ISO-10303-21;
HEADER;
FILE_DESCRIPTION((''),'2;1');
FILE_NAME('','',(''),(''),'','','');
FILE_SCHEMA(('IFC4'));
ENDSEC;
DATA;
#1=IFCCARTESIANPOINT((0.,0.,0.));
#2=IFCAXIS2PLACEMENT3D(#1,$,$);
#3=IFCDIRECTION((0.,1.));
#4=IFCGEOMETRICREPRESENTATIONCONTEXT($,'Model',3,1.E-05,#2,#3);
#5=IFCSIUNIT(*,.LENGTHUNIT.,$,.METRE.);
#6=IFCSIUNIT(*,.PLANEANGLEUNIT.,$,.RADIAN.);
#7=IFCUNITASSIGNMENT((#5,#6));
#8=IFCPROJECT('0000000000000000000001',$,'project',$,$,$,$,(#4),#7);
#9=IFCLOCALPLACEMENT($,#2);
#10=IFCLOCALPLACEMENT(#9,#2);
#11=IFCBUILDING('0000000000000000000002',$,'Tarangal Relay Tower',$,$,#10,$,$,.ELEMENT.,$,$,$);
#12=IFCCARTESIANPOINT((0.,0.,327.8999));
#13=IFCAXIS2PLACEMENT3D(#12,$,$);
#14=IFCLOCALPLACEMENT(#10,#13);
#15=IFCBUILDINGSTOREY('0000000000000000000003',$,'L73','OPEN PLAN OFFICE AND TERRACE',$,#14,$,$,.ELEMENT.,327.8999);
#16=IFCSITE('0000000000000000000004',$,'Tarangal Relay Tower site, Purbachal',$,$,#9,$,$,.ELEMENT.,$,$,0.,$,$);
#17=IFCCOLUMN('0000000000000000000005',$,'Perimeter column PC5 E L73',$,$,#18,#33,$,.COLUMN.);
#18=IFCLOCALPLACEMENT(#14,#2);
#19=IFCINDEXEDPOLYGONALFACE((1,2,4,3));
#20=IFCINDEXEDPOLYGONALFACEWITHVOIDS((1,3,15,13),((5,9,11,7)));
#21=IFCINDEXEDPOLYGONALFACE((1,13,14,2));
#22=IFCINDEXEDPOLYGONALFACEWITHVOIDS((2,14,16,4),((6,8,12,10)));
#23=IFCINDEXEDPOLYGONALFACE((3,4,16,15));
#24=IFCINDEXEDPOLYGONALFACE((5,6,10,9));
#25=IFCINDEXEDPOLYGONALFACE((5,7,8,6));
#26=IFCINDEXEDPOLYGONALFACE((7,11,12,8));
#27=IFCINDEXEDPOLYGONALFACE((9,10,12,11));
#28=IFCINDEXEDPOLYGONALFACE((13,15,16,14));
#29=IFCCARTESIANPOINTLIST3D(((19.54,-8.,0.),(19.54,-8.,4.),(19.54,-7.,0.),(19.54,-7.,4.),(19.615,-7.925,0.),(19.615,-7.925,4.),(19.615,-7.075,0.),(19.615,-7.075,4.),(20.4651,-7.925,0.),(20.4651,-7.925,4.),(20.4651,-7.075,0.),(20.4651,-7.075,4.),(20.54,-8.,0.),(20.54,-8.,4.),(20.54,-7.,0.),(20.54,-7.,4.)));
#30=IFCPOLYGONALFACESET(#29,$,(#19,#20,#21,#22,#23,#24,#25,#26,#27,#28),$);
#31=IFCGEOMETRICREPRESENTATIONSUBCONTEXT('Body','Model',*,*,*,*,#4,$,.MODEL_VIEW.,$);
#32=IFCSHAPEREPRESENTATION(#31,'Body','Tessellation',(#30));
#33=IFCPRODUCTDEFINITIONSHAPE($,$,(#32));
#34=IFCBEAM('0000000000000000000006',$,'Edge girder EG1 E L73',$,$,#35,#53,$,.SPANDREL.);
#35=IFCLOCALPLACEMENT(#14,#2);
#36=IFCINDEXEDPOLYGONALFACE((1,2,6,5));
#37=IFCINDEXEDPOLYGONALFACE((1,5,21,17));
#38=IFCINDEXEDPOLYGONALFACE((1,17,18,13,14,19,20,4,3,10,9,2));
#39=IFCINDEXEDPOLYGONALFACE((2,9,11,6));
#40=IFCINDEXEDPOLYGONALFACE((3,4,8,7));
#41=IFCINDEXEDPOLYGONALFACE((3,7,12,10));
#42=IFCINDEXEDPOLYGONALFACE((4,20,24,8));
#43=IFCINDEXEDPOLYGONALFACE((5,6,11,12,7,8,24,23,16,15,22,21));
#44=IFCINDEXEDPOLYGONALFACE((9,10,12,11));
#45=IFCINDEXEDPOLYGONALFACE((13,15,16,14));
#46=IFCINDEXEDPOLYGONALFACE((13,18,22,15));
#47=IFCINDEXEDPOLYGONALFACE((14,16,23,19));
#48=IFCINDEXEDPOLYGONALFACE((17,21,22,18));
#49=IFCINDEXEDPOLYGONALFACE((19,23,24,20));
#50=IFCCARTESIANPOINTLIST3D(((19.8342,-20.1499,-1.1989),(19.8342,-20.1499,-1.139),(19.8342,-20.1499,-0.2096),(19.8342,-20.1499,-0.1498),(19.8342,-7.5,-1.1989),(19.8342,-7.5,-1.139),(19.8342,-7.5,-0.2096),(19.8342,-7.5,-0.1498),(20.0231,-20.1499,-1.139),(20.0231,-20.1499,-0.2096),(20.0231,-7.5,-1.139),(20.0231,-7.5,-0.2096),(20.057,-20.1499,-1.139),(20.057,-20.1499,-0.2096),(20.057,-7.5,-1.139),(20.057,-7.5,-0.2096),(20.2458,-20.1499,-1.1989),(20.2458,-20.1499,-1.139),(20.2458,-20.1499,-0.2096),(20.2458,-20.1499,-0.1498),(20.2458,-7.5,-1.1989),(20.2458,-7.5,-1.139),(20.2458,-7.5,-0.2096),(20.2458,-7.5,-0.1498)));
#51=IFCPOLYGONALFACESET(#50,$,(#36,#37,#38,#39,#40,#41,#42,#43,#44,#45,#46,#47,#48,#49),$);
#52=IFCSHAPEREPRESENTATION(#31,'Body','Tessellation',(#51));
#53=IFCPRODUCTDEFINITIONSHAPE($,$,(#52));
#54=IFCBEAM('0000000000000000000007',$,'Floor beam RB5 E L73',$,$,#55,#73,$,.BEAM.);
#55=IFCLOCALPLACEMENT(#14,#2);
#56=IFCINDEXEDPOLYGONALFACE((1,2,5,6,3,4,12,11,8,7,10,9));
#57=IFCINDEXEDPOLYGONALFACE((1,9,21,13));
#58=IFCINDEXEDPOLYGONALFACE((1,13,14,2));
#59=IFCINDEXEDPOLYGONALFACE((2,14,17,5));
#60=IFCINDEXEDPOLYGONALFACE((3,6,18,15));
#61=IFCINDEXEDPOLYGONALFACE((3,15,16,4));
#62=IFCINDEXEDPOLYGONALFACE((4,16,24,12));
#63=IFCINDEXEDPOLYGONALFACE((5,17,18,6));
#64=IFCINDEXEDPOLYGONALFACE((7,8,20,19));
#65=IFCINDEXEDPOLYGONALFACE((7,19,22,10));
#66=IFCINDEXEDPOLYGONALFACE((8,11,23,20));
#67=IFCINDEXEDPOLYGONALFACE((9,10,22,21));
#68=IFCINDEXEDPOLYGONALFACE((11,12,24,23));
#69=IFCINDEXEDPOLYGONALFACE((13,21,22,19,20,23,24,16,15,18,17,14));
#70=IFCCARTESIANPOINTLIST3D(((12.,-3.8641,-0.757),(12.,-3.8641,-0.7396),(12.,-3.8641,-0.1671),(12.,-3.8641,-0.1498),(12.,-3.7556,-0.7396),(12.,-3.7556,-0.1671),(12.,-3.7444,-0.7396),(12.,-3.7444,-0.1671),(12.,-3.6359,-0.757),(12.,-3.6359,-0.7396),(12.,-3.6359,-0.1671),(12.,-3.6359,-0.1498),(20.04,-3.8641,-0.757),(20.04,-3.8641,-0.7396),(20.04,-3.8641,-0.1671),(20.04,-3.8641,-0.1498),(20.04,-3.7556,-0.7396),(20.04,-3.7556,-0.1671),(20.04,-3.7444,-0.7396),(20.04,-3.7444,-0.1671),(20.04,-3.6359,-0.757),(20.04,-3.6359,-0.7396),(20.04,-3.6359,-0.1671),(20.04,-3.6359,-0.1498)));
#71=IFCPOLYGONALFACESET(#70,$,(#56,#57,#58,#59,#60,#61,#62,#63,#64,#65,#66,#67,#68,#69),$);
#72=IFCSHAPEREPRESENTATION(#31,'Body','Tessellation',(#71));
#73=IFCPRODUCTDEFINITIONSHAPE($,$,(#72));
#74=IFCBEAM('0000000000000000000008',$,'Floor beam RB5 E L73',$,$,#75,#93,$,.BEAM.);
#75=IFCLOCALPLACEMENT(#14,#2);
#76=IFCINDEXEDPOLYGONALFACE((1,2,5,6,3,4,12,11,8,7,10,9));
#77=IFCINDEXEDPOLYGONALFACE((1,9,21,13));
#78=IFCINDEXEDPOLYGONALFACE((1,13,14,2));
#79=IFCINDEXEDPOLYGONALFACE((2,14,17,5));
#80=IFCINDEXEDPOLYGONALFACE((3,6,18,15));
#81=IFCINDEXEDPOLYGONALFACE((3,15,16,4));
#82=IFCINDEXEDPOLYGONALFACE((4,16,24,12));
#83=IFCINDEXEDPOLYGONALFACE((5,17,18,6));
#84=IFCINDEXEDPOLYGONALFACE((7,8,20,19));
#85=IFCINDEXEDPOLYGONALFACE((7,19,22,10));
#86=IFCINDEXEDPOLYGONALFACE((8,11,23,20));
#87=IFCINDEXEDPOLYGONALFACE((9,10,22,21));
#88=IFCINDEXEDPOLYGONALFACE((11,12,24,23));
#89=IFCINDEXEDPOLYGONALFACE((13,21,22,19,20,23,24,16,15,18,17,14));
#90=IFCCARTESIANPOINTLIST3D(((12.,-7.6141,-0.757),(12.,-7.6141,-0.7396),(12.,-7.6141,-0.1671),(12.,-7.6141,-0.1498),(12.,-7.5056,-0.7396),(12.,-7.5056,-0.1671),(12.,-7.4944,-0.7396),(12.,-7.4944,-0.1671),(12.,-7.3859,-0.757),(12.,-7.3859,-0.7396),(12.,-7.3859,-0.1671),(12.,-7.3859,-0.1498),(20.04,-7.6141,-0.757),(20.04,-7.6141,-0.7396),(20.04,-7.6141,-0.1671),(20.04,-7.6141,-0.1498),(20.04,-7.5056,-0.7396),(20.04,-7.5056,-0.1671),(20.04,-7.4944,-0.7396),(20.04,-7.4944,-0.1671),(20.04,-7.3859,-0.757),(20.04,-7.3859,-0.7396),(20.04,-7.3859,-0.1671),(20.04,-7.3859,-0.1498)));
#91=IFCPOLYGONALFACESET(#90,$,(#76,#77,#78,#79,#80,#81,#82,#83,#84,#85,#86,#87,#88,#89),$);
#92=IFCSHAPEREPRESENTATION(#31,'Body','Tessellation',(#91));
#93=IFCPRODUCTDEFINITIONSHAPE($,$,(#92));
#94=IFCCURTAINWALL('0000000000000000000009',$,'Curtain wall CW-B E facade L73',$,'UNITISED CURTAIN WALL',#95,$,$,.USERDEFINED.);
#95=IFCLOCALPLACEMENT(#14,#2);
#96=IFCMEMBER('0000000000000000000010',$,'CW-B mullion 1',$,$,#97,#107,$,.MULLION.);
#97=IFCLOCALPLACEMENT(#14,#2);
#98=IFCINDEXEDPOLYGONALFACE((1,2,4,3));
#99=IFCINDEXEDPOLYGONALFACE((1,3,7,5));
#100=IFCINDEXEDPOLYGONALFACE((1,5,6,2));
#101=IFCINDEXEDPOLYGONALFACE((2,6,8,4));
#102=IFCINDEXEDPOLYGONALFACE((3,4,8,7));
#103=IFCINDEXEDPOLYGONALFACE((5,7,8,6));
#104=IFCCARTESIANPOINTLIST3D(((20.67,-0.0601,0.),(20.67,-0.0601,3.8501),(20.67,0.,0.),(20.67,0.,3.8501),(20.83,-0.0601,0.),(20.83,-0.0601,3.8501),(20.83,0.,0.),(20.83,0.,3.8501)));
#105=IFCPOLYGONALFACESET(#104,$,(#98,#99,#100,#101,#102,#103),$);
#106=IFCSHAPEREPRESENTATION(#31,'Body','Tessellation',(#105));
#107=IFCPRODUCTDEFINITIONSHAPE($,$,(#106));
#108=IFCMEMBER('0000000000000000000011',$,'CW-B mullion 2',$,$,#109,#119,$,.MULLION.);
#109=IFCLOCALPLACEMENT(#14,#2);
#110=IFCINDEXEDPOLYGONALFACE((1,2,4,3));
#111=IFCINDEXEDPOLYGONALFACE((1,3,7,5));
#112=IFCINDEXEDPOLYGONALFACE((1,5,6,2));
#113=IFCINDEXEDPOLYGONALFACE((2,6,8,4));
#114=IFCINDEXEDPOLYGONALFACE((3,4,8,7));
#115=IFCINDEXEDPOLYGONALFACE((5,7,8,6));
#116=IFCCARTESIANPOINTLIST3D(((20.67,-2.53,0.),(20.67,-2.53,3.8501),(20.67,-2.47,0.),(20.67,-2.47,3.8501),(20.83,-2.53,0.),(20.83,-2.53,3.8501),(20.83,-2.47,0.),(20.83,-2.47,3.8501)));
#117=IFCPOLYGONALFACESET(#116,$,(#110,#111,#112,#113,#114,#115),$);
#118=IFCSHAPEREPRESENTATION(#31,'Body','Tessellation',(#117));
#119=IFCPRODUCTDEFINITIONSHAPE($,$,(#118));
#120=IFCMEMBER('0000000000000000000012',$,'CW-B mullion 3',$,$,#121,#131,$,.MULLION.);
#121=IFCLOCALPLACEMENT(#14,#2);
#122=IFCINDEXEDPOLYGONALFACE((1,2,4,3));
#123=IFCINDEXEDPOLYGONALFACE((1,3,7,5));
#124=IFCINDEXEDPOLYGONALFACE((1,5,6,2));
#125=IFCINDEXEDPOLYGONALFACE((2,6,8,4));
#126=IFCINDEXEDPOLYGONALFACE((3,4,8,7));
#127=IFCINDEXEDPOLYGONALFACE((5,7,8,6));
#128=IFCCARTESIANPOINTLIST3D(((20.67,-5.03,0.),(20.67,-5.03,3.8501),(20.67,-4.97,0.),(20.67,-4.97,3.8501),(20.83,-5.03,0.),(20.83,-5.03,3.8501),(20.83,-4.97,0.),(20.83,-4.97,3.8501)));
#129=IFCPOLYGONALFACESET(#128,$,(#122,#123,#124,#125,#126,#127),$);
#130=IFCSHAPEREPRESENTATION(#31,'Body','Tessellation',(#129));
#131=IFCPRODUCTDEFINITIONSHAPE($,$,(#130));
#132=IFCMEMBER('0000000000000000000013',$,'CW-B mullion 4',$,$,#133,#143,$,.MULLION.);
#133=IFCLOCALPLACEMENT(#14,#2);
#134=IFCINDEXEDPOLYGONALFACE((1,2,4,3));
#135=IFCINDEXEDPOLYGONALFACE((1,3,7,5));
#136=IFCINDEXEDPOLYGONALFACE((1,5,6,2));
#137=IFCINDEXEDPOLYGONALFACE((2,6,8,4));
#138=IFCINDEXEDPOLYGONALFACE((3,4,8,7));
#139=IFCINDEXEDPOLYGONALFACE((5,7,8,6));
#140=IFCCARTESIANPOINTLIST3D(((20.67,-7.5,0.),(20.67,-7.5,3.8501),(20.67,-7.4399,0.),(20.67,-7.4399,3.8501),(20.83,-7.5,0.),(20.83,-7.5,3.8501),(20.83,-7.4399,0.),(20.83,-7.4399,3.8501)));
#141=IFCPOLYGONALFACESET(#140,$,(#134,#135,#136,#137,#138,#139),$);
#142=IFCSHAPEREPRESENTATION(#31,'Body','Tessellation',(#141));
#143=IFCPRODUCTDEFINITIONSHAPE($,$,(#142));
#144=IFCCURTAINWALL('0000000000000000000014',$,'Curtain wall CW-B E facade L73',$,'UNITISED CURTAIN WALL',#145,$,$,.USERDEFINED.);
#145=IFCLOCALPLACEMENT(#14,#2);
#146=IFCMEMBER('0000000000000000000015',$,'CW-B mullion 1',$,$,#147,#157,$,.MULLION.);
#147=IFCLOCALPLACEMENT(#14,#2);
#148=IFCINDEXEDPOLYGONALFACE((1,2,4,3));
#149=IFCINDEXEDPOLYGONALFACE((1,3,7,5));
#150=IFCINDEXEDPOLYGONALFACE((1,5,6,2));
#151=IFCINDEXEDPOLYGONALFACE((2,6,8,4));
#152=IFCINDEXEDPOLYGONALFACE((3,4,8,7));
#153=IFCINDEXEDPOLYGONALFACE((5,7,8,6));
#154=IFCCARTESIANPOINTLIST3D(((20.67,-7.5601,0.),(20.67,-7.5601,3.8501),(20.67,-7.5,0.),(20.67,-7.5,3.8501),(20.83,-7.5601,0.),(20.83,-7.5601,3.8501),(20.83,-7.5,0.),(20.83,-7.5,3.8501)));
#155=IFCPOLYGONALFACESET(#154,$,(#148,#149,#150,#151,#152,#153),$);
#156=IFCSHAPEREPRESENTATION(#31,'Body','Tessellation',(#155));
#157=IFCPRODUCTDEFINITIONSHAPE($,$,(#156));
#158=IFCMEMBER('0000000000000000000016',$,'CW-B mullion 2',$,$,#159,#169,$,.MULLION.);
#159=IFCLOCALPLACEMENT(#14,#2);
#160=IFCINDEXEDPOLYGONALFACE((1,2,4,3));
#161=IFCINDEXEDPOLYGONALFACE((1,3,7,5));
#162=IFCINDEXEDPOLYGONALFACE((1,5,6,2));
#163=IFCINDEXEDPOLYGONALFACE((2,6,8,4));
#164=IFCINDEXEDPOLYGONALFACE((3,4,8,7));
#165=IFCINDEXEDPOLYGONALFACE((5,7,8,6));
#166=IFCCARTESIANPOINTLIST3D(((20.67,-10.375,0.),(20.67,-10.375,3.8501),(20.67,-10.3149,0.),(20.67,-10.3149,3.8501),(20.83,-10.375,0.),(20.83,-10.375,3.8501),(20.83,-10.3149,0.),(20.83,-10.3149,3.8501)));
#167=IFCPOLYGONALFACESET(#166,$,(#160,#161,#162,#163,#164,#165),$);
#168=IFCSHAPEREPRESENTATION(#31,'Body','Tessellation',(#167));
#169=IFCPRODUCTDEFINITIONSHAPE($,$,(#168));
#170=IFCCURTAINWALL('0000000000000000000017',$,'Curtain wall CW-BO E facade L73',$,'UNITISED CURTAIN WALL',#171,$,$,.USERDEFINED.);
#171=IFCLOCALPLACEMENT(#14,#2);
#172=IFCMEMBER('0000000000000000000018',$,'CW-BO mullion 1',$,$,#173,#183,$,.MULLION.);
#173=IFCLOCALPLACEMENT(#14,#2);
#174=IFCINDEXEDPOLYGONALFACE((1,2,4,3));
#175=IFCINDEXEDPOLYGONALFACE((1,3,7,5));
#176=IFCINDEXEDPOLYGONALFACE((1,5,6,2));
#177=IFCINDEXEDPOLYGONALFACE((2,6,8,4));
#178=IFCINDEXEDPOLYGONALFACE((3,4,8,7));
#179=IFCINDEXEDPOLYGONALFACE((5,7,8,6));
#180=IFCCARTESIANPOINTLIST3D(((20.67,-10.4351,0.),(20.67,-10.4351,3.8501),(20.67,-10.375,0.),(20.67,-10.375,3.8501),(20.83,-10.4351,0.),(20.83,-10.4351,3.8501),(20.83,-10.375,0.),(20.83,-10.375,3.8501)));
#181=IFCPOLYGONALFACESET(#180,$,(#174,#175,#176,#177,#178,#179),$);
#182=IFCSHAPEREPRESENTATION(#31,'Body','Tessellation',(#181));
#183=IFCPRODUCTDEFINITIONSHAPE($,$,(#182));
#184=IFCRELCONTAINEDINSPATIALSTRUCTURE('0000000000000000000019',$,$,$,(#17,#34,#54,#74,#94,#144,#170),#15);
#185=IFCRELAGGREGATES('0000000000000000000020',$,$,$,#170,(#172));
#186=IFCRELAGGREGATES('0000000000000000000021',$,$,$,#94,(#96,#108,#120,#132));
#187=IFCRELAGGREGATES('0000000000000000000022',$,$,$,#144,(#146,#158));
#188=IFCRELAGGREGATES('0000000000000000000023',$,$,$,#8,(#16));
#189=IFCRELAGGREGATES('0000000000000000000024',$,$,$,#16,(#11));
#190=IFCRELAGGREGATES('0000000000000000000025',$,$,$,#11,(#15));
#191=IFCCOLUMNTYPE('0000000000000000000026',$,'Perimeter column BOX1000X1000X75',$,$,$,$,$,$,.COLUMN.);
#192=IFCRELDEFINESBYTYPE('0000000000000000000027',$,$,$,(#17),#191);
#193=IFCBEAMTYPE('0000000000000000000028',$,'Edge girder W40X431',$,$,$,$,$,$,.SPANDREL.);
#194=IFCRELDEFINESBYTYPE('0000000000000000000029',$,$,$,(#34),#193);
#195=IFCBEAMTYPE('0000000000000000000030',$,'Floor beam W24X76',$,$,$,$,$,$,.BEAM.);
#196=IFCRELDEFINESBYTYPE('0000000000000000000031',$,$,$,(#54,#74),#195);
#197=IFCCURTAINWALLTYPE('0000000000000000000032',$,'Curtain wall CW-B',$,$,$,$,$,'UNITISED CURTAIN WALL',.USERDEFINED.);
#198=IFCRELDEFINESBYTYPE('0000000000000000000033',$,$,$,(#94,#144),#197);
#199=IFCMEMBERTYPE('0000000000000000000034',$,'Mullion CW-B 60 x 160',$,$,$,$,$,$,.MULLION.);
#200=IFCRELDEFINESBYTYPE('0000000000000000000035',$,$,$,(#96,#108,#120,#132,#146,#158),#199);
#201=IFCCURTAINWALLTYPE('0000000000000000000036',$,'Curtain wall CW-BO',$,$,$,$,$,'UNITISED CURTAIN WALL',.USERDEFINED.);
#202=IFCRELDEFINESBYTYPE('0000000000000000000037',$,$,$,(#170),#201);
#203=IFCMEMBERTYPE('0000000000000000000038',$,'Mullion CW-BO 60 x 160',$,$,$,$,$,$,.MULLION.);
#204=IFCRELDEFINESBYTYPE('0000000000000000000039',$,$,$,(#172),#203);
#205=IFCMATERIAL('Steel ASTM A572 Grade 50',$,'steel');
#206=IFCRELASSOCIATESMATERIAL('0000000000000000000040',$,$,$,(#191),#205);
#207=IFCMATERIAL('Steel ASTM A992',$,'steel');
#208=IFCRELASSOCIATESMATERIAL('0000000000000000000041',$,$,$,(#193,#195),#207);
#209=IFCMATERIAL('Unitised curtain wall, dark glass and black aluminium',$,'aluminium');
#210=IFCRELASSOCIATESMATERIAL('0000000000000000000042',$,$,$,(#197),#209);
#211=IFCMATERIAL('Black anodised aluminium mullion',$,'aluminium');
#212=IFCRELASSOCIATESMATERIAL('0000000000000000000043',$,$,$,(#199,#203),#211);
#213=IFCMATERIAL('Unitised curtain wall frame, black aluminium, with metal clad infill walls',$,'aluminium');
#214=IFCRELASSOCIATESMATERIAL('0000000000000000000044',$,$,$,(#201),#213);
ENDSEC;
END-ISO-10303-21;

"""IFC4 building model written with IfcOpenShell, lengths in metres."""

from ifc_helpers import new_model, si_unit, direction, frame, origin, origin_2d, place, context, subcontext, project, spatial, rectangle, hollow_rectangle, i_section, extrude, material, material_profile, profile_set, type_object, element, aggregate, save


model = new_model("IFC4")

# Units and contexts
model_context = context("Model", 3, precision=1e-05, world=origin(), true_north=direction((0.0, 1.0)))
body_context = subcontext(model_context, "Body", "Model", "MODEL_VIEW")
ifc_project = project(units=[si_unit("LENGTHUNIT", "METRE"), si_unit("PLANEANGLEUNIT", "RADIAN")], contexts=[model_context])

# Site, building, storey
site_placement = place(None, origin())
site = spatial("IfcSite", under=ifc_project, at=site_placement, Name="Tarangal Relay Tower site, Purbachal", CompositionType="ELEMENT", RefElevation=0.0)
building_placement = place(site_placement, origin())
building = spatial("IfcBuilding", under=site, at=building_placement, Name="Tarangal Relay Tower", CompositionType="ELEMENT")
storey_placement = place(building_placement, frame((0.0, 0.0, 327.8999)))
storey = spatial("IfcBuildingStorey", under=building, at=storey_placement, Name="L73", Description="OPEN PLAN OFFICE AND TERRACE", CompositionType="ELEMENT", Elevation=327.8999)

# Column
ifc_material_1 = material(Name="Steel ASTM A572 Grade 50", Category="steel")
ifc_material_profile_1 = material_profile(ifc_material_1, hollow_rectangle(XDim=1.0, YDim=1.0, WallThickness=0.075, at=origin_2d()), Name="BOX1000X1000X75")
ifc_profile_set_1 = profile_set([ifc_material_profile_1], Name="Steel ASTM A572 Grade 50")
column_type = type_object("IfcColumnType", Name="Perimeter column BOX1000X1000X75", PredefinedType="COLUMN", material=ifc_profile_set_1)
column_placement = place(storey_placement, frame((20.04, -7.5, 0.0), z_axis=(0.0, 0.0, 1.0), x_axis=(1.0, 0.0, 0.0)))
element("IfcColumn", 1, at=column_placement, inside=storey, type_object=column_type, Name="Perimeter column PC5 E L73", PredefinedType="COLUMN", context=body_context, shape_type="SweptSolid", body=[
    extrude(hollow_rectangle(XDim=1.0, YDim=1.0, WallThickness=0.075, at=origin_2d()), origin(), (0.0, 0.0, 1.0), 4.0),
])

# Beams
ifc_material_2 = material(Name="Steel ASTM A992", Category="steel")
ifc_material_profile_2 = material_profile(ifc_material_2, i_section(OverallWidth=0.4116, OverallDepth=1.0491, WebThickness=0.0339, FlangeThickness=0.0598, at=origin_2d()), Name="W40X431")
ifc_profile_set_2 = profile_set([ifc_material_profile_2], Name="Steel ASTM A992")
beam_type_1 = type_object("IfcBeamType", Name="Edge girder W40X431", PredefinedType="SPANDREL", material=ifc_profile_set_2)
beam_placement = place(storey_placement, frame((20.04, -7.5, -0.6743), z_axis=(0.0, -1.0, 0.0), x_axis=(1.0, 0.0, 0.0)))
element("IfcBeam", 2, at=beam_placement, inside=storey, type_object=beam_type_1, Name="Edge girder EG1 E L73", PredefinedType="SPANDREL", context=body_context, shape_type="SweptSolid", body=[
    extrude(i_section(OverallWidth=0.4116, OverallDepth=1.0491, WebThickness=0.0339, FlangeThickness=0.0598, at=origin_2d()), origin(), (0.0, 0.0, 1.0), 12.6499),
])
ifc_material_profile_3 = material_profile(ifc_material_2, i_section(OverallWidth=0.2283, OverallDepth=0.6072, WebThickness=0.0112, FlangeThickness=0.0173, at=origin_2d()), Name="W24X76")
ifc_profile_set_3 = profile_set([ifc_material_profile_3], Name="Steel ASTM A992")
beam_type_2 = type_object("IfcBeamType", Name="Floor beam W24X76", PredefinedType="BEAM", material=ifc_profile_set_3)
for number, where, z_axis, x_axis, name in (
    (3, (12.0, -3.75, -0.4534), (1.0, 0.0, 0.0), (0.0, 1.0, 0.0), "Floor beam RB5 E L73"),
    (4, (12.0, -7.5, -0.4534), (1.0, 0.0, 0.0), (0.0, 1.0, 0.0), "Floor beam RB5 E L73"),
):
    element("IfcBeam", number, at=place(storey_placement, frame(where, z_axis=z_axis, x_axis=x_axis)), inside=storey, type_object=beam_type_2, Name=name, PredefinedType="BEAM", context=body_context, shape_type="SweptSolid", body=[
        extrude(i_section(OverallWidth=0.2283, OverallDepth=0.6072, WebThickness=0.0112, FlangeThickness=0.0173, at=origin_2d()), origin(), (0.0, 0.0, 1.0), 8.04),
    ])

# Curtain walls, members
ifc_material_3 = material(Name="Unitised curtain wall, dark glass and black aluminium", Category="aluminium")
curtain_wall_type_1 = type_object("IfcCurtainWallType", Name="Curtain wall CW-B", ElementType="UNITISED CURTAIN WALL", PredefinedType="USERDEFINED", material=ifc_material_3)
curtain_wall_1_placement = place(storey_placement, origin())
curtain_wall_1 = element("IfcCurtainWall", 5, at=curtain_wall_1_placement, inside=storey, type_object=curtain_wall_type_1, Name="Curtain wall CW-B E facade L73", ObjectType="UNITISED CURTAIN WALL", PredefinedType="USERDEFINED")
ifc_material_4 = material(Name="Black anodised aluminium mullion", Category="aluminium")
ifc_material_profile_4 = material_profile(ifc_material_4, rectangle(XDim=0.1599, YDim=0.0601, at=origin_2d()), Name="CW-BM 60X160")
ifc_profile_set_4 = profile_set([ifc_material_profile_4], Name="Black anodised aluminium mullion")
member_type_1 = type_object("IfcMemberType", Name="Mullion CW-B 60 x 160", PredefinedType="MULLION", material=ifc_profile_set_4)
member_1_placement = place(storey_placement, frame((20.75, -0.03, 0.0), z_axis=(0.0, 0.0, 1.0), x_axis=(1.0, 0.0, 0.0)))
member_1 = element("IfcMember", 6, at=member_1_placement, type_object=member_type_1, Name="CW-B mullion 1", PredefinedType="MULLION", context=body_context, shape_type="SweptSolid", body=[
    extrude(rectangle(XDim=0.1599, YDim=0.0601, at=origin_2d()), origin(), (0.0, 0.0, 1.0), 3.8501),
])
member_2_placement = place(storey_placement, frame((20.75, -2.5, 0.0), z_axis=(0.0, 0.0, 1.0), x_axis=(1.0, 0.0, 0.0)))
member_2 = element("IfcMember", 7, at=member_2_placement, type_object=member_type_1, Name="CW-B mullion 2", PredefinedType="MULLION", context=body_context, shape_type="SweptSolid", body=[
    extrude(rectangle(XDim=0.1599, YDim=0.0601, at=origin_2d()), origin(), (0.0, 0.0, 1.0), 3.8501),
])
member_3_placement = place(storey_placement, frame((20.75, -5.0, 0.0), z_axis=(0.0, 0.0, 1.0), x_axis=(1.0, 0.0, 0.0)))
member_3 = element("IfcMember", 8, at=member_3_placement, type_object=member_type_1, Name="CW-B mullion 3", PredefinedType="MULLION", context=body_context, shape_type="SweptSolid", body=[
    extrude(rectangle(XDim=0.1599, YDim=0.0601, at=origin_2d()), origin(), (0.0, 0.0, 1.0), 3.8501),
])
member_4_placement = place(storey_placement, frame((20.75, -7.47, 0.0), z_axis=(0.0, 0.0, 1.0), x_axis=(1.0, 0.0, 0.0)))
member_4 = element("IfcMember", 9, at=member_4_placement, type_object=member_type_1, Name="CW-B mullion 4", PredefinedType="MULLION", context=body_context, shape_type="SweptSolid", body=[
    extrude(rectangle(XDim=0.1599, YDim=0.0601, at=origin_2d()), origin(), (0.0, 0.0, 1.0), 3.8501),
])
curtain_wall_2_placement = place(storey_placement, origin())
curtain_wall_2 = element("IfcCurtainWall", 10, at=curtain_wall_2_placement, inside=storey, type_object=curtain_wall_type_1, Name="Curtain wall CW-B E facade L73", ObjectType="UNITISED CURTAIN WALL", PredefinedType="USERDEFINED")
member_5_placement = place(storey_placement, frame((20.75, -7.53, 0.0), z_axis=(0.0, 0.0, 1.0), x_axis=(1.0, 0.0, 0.0)))
member_5 = element("IfcMember", 11, at=member_5_placement, type_object=member_type_1, Name="CW-B mullion 1", PredefinedType="MULLION", context=body_context, shape_type="SweptSolid", body=[
    extrude(rectangle(XDim=0.1599, YDim=0.0601, at=origin_2d()), origin(), (0.0, 0.0, 1.0), 3.8501),
])
member_6_placement = place(storey_placement, frame((20.75, -10.345, 0.0), z_axis=(0.0, 0.0, 1.0), x_axis=(1.0, 0.0, 0.0)))
member_6 = element("IfcMember", 12, at=member_6_placement, type_object=member_type_1, Name="CW-B mullion 2", PredefinedType="MULLION", context=body_context, shape_type="SweptSolid", body=[
    extrude(rectangle(XDim=0.1599, YDim=0.0601, at=origin_2d()), origin(), (0.0, 0.0, 1.0), 3.8501),
])

# Curtain wall, member
ifc_material_5 = material(Name="Unitised curtain wall frame, black aluminium, with metal clad infill walls", Category="aluminium")
curtain_wall_type_2 = type_object("IfcCurtainWallType", Name="Curtain wall CW-BO", ElementType="UNITISED CURTAIN WALL", PredefinedType="USERDEFINED", material=ifc_material_5)
curtain_wall_3_placement = place(storey_placement, origin())
curtain_wall_3 = element("IfcCurtainWall", 13, at=curtain_wall_3_placement, inside=storey, type_object=curtain_wall_type_2, Name="Curtain wall CW-BO E facade L73", ObjectType="UNITISED CURTAIN WALL", PredefinedType="USERDEFINED")
ifc_material_profile_5 = material_profile(ifc_material_4, rectangle(XDim=0.1599, YDim=0.0601, at=origin_2d()), Name="CW-BOM 60X160")
ifc_profile_set_5 = profile_set([ifc_material_profile_5], Name="Black anodised aluminium mullion")
member_type_2 = type_object("IfcMemberType", Name="Mullion CW-BO 60 x 160", PredefinedType="MULLION", material=ifc_profile_set_5)
member_7_placement = place(storey_placement, frame((20.75, -10.405, 0.0), z_axis=(0.0, 0.0, 1.0), x_axis=(1.0, 0.0, 0.0)))
member_7 = element("IfcMember", 14, at=member_7_placement, type_object=member_type_2, Name="CW-BO mullion 1", PredefinedType="MULLION", context=body_context, shape_type="SweptSolid", body=[
    extrude(rectangle(XDim=0.1599, YDim=0.0601, at=origin_2d()), origin(), (0.0, 0.0, 1.0), 3.8501),
])

aggregate(curtain_wall_3, [member_7])

aggregate(curtain_wall_1, [member_1, member_2, member_3, member_4])
aggregate(curtain_wall_2, [member_5, member_6])

save(model, "model.ifc")
